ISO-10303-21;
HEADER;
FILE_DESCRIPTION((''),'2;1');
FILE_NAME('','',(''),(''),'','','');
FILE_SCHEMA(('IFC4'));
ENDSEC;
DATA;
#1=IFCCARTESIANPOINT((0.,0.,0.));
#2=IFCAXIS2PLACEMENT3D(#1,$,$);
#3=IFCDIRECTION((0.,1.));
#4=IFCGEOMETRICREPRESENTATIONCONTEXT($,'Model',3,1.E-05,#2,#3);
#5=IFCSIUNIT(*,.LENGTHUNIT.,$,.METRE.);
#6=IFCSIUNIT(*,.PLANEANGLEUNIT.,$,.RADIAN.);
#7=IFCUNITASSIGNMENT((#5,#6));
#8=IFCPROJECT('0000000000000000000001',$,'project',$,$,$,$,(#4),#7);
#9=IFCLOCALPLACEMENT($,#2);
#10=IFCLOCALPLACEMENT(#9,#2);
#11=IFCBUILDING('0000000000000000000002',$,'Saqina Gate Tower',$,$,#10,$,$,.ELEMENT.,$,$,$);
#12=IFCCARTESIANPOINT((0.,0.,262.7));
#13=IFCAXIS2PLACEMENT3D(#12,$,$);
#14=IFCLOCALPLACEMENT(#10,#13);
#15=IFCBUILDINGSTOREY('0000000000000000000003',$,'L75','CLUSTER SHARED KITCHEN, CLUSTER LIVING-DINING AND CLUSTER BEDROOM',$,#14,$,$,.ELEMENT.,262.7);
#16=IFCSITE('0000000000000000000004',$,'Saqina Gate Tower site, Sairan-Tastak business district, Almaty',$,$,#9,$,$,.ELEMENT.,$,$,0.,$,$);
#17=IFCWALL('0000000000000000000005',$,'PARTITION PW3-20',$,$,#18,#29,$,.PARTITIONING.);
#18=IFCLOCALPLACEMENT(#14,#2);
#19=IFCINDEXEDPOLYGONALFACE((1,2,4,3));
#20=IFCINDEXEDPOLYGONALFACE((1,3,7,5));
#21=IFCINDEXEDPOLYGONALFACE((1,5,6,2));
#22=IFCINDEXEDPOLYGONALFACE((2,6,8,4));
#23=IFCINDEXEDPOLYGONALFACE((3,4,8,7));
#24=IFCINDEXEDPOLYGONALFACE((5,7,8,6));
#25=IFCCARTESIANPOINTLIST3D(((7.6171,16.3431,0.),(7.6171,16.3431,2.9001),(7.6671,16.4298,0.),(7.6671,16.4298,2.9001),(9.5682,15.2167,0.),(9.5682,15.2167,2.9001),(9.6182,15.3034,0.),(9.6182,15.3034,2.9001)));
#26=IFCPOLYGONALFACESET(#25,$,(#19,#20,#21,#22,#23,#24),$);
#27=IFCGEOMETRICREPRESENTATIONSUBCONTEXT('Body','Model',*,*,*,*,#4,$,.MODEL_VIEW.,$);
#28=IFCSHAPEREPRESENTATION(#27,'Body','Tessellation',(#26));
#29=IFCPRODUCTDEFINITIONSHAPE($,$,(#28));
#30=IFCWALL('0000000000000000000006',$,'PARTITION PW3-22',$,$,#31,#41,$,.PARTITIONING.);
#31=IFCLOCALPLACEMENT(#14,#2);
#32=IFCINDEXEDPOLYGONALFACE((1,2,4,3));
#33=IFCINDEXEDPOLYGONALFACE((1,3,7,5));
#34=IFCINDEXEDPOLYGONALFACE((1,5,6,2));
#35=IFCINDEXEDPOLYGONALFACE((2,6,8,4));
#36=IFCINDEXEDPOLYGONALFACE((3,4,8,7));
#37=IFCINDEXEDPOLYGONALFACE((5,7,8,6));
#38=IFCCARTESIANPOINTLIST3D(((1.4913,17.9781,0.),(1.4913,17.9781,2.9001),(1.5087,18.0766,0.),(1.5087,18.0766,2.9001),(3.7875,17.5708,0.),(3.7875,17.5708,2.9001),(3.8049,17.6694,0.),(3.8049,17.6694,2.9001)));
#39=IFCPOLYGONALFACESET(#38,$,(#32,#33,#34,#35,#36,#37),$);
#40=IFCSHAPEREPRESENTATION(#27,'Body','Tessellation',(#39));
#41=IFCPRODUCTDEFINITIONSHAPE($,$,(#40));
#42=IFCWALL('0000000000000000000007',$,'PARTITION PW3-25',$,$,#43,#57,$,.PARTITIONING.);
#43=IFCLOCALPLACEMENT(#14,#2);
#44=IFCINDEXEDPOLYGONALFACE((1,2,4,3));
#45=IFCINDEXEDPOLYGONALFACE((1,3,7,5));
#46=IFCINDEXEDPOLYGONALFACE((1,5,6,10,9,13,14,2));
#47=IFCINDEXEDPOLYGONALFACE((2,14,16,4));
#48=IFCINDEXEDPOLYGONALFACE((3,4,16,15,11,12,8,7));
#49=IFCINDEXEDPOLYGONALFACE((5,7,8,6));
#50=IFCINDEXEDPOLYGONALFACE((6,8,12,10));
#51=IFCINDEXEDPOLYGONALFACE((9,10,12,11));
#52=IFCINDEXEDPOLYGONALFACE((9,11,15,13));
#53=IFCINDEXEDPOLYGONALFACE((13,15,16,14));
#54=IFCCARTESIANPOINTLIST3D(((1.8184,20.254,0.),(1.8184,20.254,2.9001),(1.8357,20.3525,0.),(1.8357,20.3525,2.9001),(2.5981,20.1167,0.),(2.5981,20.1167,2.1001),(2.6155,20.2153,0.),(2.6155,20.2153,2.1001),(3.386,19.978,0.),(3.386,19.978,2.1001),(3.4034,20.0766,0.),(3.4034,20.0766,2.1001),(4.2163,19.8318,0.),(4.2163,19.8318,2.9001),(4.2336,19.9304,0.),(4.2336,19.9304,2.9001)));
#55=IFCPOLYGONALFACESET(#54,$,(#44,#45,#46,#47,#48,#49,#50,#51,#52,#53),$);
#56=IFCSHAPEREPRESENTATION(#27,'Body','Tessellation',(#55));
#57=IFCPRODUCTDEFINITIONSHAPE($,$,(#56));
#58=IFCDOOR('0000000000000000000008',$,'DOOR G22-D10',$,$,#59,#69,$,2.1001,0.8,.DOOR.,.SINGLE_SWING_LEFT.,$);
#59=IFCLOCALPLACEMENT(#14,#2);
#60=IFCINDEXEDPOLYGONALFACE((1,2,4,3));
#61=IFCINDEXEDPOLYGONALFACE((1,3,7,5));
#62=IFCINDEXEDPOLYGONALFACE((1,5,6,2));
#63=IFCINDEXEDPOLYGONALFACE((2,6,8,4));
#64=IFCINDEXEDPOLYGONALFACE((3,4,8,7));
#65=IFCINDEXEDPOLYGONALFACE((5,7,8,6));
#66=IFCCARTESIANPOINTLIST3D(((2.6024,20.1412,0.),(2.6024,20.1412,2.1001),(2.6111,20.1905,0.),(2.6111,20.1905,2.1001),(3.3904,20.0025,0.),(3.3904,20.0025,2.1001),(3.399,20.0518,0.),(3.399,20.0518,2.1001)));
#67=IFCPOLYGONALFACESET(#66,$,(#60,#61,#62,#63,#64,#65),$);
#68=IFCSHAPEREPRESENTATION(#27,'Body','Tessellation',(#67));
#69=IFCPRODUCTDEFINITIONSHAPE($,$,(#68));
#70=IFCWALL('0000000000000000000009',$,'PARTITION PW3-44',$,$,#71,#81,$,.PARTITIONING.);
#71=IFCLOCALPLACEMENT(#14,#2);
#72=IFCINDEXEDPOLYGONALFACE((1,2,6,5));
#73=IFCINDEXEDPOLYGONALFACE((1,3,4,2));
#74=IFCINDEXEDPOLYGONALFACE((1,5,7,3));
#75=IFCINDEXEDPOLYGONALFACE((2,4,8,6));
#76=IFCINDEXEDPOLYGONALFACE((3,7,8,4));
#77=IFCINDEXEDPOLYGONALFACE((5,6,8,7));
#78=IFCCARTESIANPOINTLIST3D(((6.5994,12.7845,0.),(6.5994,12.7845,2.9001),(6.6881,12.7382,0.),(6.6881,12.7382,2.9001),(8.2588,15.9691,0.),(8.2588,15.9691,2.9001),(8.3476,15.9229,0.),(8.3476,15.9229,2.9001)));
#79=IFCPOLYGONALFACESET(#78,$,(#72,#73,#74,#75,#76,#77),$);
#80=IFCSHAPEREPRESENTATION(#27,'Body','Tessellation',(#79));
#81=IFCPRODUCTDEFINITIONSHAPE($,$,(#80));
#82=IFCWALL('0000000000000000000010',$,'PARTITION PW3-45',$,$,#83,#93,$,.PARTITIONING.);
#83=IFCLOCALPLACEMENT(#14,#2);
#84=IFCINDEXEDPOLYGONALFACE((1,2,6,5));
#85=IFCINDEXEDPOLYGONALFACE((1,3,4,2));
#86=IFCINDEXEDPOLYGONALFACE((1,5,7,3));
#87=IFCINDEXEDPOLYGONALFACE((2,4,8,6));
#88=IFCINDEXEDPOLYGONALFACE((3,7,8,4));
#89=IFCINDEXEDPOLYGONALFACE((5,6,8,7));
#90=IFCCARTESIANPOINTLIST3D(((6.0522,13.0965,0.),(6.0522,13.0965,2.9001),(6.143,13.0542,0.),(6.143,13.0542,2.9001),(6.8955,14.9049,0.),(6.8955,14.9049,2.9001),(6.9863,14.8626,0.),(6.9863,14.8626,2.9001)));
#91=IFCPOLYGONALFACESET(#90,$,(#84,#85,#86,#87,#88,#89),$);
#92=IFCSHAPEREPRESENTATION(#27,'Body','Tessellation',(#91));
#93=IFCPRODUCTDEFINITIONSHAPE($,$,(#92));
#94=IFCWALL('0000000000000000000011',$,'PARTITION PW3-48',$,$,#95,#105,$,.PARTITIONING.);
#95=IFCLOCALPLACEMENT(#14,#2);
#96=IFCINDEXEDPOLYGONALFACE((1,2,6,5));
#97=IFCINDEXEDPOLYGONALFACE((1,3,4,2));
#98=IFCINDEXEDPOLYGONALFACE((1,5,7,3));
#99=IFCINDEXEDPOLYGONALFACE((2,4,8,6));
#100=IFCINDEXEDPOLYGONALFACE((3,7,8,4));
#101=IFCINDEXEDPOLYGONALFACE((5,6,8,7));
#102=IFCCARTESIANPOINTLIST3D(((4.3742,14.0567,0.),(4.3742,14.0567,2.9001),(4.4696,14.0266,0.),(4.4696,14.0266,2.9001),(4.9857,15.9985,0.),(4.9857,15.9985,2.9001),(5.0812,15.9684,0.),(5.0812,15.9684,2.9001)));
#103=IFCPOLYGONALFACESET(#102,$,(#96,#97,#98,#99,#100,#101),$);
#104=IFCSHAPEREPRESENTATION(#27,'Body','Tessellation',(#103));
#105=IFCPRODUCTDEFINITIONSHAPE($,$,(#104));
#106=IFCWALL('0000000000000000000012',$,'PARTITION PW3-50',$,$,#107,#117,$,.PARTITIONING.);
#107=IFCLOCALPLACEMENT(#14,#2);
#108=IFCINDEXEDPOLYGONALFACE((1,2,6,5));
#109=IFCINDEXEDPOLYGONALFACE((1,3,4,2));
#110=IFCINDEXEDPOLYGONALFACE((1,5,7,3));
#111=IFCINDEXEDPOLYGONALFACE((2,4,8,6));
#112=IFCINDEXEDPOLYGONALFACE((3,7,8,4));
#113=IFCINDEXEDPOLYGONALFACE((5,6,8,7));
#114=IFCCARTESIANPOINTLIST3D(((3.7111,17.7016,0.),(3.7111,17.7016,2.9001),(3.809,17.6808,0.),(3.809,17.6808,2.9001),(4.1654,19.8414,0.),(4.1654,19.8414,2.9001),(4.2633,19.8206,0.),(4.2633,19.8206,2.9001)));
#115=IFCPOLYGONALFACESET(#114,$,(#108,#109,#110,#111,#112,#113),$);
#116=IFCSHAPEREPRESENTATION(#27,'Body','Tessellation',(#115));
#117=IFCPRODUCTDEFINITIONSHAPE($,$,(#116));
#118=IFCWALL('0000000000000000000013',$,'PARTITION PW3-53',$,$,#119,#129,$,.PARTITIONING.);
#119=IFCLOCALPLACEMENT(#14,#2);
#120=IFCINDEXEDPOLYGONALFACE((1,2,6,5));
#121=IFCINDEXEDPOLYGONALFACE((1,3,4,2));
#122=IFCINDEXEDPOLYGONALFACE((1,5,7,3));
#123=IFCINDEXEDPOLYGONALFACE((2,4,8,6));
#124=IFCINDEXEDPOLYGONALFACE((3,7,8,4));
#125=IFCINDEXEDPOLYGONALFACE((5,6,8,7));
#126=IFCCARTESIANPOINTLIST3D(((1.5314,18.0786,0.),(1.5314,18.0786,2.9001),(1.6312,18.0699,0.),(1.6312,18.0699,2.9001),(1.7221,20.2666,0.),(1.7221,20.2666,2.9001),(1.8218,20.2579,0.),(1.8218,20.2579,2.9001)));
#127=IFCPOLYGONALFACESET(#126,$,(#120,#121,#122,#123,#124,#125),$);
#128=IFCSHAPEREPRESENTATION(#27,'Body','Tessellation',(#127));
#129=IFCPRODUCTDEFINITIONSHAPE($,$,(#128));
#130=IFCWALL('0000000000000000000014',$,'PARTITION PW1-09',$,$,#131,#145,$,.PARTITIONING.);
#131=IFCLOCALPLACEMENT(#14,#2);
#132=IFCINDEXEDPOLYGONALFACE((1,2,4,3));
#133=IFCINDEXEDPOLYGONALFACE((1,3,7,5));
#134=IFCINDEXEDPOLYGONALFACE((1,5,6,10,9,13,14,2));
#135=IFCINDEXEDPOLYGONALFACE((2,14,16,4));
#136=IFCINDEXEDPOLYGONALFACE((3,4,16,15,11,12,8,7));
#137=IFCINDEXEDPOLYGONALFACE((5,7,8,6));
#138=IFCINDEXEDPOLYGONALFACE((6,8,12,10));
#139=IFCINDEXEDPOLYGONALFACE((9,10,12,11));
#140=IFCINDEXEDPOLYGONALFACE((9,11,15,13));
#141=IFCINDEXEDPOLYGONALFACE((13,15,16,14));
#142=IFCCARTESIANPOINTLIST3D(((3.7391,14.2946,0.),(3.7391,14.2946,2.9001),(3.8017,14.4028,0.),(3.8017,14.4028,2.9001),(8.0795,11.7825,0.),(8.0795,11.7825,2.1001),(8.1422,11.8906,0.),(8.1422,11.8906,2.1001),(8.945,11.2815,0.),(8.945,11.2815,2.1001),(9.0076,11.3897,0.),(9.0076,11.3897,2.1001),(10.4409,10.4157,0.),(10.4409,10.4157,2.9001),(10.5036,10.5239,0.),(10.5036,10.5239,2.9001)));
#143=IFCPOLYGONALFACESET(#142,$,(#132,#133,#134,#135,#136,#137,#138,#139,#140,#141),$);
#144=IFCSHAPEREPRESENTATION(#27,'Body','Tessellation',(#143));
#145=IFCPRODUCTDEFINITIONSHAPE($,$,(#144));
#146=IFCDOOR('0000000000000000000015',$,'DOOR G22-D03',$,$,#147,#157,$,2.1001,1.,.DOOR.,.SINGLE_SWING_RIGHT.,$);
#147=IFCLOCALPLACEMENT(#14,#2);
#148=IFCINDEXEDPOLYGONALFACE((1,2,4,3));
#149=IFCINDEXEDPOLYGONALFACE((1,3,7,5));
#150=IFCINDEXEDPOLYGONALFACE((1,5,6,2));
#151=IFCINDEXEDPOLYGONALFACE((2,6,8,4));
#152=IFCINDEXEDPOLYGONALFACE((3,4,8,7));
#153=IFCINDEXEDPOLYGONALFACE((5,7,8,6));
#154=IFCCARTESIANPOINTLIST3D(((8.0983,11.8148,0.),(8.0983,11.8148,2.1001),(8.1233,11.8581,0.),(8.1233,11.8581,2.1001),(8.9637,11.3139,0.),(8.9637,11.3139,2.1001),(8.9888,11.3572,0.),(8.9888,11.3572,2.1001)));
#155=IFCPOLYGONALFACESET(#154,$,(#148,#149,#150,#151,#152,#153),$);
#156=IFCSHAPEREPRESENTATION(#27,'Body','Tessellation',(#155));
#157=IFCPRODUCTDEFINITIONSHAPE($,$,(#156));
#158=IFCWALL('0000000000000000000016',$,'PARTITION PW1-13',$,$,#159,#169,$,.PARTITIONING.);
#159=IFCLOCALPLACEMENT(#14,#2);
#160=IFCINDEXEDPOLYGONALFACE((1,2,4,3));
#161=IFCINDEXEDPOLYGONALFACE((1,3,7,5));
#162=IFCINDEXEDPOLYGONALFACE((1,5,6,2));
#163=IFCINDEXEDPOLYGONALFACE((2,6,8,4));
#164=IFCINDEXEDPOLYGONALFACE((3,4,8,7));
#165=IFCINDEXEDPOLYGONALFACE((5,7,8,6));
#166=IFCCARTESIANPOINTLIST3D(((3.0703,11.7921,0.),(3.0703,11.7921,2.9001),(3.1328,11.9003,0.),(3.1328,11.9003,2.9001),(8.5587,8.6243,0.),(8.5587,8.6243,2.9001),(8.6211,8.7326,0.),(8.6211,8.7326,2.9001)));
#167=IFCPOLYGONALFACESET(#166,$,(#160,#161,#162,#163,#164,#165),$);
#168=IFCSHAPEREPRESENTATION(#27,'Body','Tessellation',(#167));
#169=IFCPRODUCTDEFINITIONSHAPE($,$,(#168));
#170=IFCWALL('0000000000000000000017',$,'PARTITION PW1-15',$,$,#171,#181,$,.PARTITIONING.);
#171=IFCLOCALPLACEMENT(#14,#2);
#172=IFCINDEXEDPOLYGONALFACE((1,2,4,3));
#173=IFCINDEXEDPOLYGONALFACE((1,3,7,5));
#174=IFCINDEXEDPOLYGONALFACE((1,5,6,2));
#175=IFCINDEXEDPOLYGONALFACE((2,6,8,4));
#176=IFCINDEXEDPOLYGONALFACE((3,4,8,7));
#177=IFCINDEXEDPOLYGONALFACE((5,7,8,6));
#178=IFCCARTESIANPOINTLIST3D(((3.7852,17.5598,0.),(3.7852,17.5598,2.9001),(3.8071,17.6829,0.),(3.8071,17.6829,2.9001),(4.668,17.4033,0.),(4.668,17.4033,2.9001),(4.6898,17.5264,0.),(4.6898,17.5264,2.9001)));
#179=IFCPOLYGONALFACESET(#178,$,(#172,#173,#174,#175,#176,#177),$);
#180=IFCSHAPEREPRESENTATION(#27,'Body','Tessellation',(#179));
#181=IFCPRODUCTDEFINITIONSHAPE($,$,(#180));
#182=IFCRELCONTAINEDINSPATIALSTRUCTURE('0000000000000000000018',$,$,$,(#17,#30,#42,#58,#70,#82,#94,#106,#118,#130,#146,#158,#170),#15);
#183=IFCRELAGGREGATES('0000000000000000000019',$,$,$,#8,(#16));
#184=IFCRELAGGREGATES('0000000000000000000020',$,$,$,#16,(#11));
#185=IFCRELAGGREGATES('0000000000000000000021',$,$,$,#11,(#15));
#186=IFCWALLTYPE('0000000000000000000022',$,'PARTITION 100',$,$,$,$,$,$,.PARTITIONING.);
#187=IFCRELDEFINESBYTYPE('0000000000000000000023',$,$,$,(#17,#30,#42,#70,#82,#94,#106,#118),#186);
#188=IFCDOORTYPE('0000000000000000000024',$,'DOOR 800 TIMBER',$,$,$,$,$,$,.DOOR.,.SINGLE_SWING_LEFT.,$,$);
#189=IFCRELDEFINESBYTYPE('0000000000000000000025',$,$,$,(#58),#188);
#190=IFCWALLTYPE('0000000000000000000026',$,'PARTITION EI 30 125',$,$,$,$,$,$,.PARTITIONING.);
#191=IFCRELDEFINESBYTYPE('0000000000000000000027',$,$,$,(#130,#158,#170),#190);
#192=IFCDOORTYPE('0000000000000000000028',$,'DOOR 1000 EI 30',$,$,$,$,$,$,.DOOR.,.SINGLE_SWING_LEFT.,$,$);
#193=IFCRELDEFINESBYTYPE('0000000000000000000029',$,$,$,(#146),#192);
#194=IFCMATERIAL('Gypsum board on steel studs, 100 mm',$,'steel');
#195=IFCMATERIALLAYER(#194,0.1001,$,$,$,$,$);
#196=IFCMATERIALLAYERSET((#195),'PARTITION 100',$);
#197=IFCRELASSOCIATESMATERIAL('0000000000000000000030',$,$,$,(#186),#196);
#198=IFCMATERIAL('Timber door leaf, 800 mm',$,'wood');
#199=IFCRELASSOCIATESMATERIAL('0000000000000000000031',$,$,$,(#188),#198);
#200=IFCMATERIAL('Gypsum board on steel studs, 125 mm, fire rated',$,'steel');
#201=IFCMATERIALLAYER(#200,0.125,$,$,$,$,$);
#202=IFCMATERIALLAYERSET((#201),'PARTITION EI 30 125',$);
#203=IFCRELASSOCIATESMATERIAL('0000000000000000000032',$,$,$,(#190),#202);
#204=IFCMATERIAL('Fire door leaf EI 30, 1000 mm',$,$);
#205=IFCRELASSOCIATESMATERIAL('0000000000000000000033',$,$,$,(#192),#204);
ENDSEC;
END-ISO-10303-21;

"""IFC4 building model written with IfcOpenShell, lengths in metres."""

from ifc_helpers import new_model, si_unit, direction, frame, frame_2d, origin, place, context, subcontext, project, spatial, rectangle, extrude, material, layer, layer_set, type_object, element, fill, save


model = new_model("IFC4")

# Units and contexts
model_context = context("Model", 3, precision=1e-05, world=origin(), true_north=direction((0.0, 1.0)))
body_context = subcontext(model_context, "Body", "Model", "MODEL_VIEW")
ifc_project = project(units=[si_unit("LENGTHUNIT", "METRE"), si_unit("PLANEANGLEUNIT", "RADIAN")], contexts=[model_context])

# Site, building, storey
site_placement = place(None, origin())
site = spatial("IfcSite", under=ifc_project, at=site_placement, Name="Saqina Gate Tower site, Sairan-Tastak business district, Almaty", CompositionType="ELEMENT", RefElevation=0.0)
building_placement = place(site_placement, origin())
building = spatial("IfcBuilding", under=site, at=building_placement, Name="Saqina Gate Tower", CompositionType="ELEMENT")
storey_placement = place(building_placement, frame((0.0, 0.0, 262.7)))
storey = spatial("IfcBuildingStorey", under=building, at=storey_placement, Name="L75", Description="CLUSTER SHARED KITCHEN, CLUSTER LIVING-DINING AND CLUSTER BEDROOM", CompositionType="ELEMENT", Elevation=262.7)

# Shared definitions
ifc_material_1 = material(Name="Gypsum board on steel studs, 100 mm", Category="steel")
ifc_layer_1 = layer(ifc_material_1, 0.1001)
ifc_layer_set_1 = layer_set([ifc_layer_1], Name="PARTITION 100")
wall_type_1 = type_object("IfcWallType", Name="PARTITION 100", PredefinedType="PARTITIONING", material=ifc_layer_set_1)
ifc_material_2 = material(Name="Timber door leaf, 800 mm", Category="wood")
door_type_1 = type_object("IfcDoorType", Name="DOOR 800 TIMBER", OperationType="SINGLE_SWING_LEFT", PredefinedType="DOOR", material=ifc_material_2)

# Walls
wall_1_placement = place(storey_placement, frame((7.6421, 16.3865, 0.0), z_axis=(0.0, 0.0, 1.0), x_axis=(0.866034, -0.499985, 0.0)))
element("IfcWall", 1, at=wall_1_placement, inside=storey, type_object=wall_type_1, Name="PARTITION PW3-20", PredefinedType="PARTITIONING", context=body_context, shape_type="SweptSolid", body=[
    extrude(rectangle(XDim=2.2529, YDim=0.1001, at=frame_2d((1.1265, 0.0))), origin(), (0.0, 0.0, 1.0), 2.9001),
])
wall_2_placement = place(storey_placement, frame((1.5, 18.0273, 0.0), z_axis=(0.0, 0.0, 1.0), x_axis=(0.984635, -0.174627, 0.0)))
element("IfcWall", 2, at=wall_2_placement, inside=storey, type_object=wall_type_1, Name="PARTITION PW3-22", PredefinedType="PARTITIONING", context=body_context, shape_type="SweptSolid", body=[
    extrude(rectangle(XDim=2.332, YDim=0.1001, at=frame_2d((1.166, 0.0))), origin(), (0.0, 0.0, 1.0), 2.9001),
])

# Wall, opening, door
wall_3_placement = place(storey_placement, frame((1.8271, 20.3032, 0.0), z_axis=(0.0, 0.0, 1.0), x_axis=(0.984857, -0.173368, 0.0)))
wall_3 = element("IfcWall", 3, at=wall_3_placement, inside=storey, type_object=wall_type_1, Name="PARTITION PW3-25", PredefinedType="PARTITIONING", context=body_context, shape_type="SweptSolid", body=[
    extrude(rectangle(XDim=2.4348, YDim=0.1001, at=frame_2d((1.2173, 0.0))), origin(), (0.0, 0.0, 1.0), 2.9001),
])
opening_1_placement = place(wall_3_placement, frame((0.7917, 0.0, 0.0)))
opening_1 = element("IfcOpeningElement", 4, at=opening_1_placement, cuts=wall_3, PredefinedType="OPENING", context=body_context, shape_type="SweptSolid", body=[
    extrude(rectangle(XDim=0.8, YDim=2.1001, at=frame_2d((0.3999, 1.05))), frame((0.0, 0.062, 0.0), z_axis=(0.0, -1.0, 0.0), x_axis=(1.0, 0.0, 0.0)), (0.0, 0.0, 1.0), 0.124),
])
door_1_placement = place(opening_1_placement, origin())
door_1 = element("IfcDoor", 5, at=door_1_placement, inside=storey, type_object=door_type_1, Name="DOOR G22-D10", OperationType="SINGLE_SWING_LEFT", OverallHeight=2.1001, OverallWidth=0.8, PredefinedType="DOOR", context=body_context, shape_type="SweptSolid", body=[
    extrude(rectangle(XDim=0.8, YDim=2.1001, at=frame_2d((0.3999, 1.05))), frame((0.0, 0.0249, 0.0), z_axis=(0.0, -1.0, 0.0), x_axis=(1.0, 0.0, 0.0)), (0.0, 0.0, 1.0), 0.05),
])
fill(opening_1, door_1)

# Walls
wall_4_placement = place(storey_placement, frame((6.6438, 12.7615, 0.0), z_axis=(0.0, 0.0, 1.0), x_axis=(0.462108, 0.886824, 0.0)))
element("IfcWall", 6, at=wall_4_placement, inside=storey, type_object=wall_type_1, Name="PARTITION PW3-44", PredefinedType="PARTITIONING", context=body_context, shape_type="SweptSolid", body=[
    extrude(rectangle(XDim=3.5911, YDim=0.1001, at=frame_2d((1.7954, 0.0))), origin(), (0.0, 0.0, 1.0), 2.9001),
])
wall_5_placement = place(storey_placement, frame((6.0977, 13.0754, 0.0), z_axis=(0.0, 0.0, 1.0), x_axis=(0.422624, 0.906305, 0.0)))
element("IfcWall", 7, at=wall_5_placement, inside=storey, type_object=wall_type_1, Name="PARTITION PW3-45", PredefinedType="PARTITIONING", context=body_context, shape_type="SweptSolid", body=[
    extrude(rectangle(XDim=1.9954, YDim=0.1001, at=frame_2d((0.9976, 0.0))), origin(), (0.0, 0.0, 1.0), 2.9001),
])
wall_6_placement = place(storey_placement, frame((4.4219, 14.0415, 0.0), z_axis=(0.0, 0.0, 1.0), x_axis=(0.300391, 0.953816, 0.0)))
element("IfcWall", 8, at=wall_6_placement, inside=storey, type_object=wall_type_1, Name="PARTITION PW3-48", PredefinedType="PARTITIONING", context=body_context, shape_type="SweptSolid", body=[
    extrude(rectangle(XDim=2.0359, YDim=0.1001, at=frame_2d((1.0181, 0.0))), origin(), (0.0, 0.0, 1.0), 2.9001),
])
wall_7_placement = place(storey_placement, frame((3.76, 17.6912, 0.0), z_axis=(0.0, 0.0, 1.0), x_axis=(0.207692, 0.978194, 0.0)))
element("IfcWall", 9, at=wall_7_placement, inside=storey, type_object=wall_type_1, Name="PARTITION PW3-50", PredefinedType="PARTITIONING", context=body_context, shape_type="SweptSolid", body=[
    extrude(rectangle(XDim=2.1875, YDim=0.1001, at=frame_2d((1.0938, 0.0))), origin(), (0.0, 0.0, 1.0), 2.9001),
])
wall_8_placement = place(storey_placement, frame((1.5813, 18.0742, 0.0), z_axis=(0.0, 0.0, 1.0), x_axis=(0.086817, 0.996224, 0.0)))
element("IfcWall", 10, at=wall_8_placement, inside=storey, type_object=wall_type_1, Name="PARTITION PW3-53", PredefinedType="PARTITIONING", context=body_context, shape_type="SweptSolid", body=[
    extrude(rectangle(XDim=2.1963, YDim=0.1001, at=frame_2d((1.0981, 0.0))), origin(), (0.0, 0.0, 1.0), 2.9001),
])

# Wall, opening, door
ifc_material_3 = material(Name="Gypsum board on steel studs, 125 mm, fire rated", Category="steel")
ifc_layer_2 = layer(ifc_material_3, 0.125)
ifc_layer_set_2 = layer_set([ifc_layer_2], Name="PARTITION EI 30 125")
wall_type_2 = type_object("IfcWallType", Name="PARTITION EI 30 125", PredefinedType="PARTITIONING", material=ifc_layer_set_2)
wall_9_placement = place(storey_placement, frame((3.7705, 14.3486, 0.0), z_axis=(0.0, 0.0, 1.0), x_axis=(0.86549, -0.500926, 0.0)))
wall_9 = element("IfcWall", 11, at=wall_9_placement, inside=storey, type_object=wall_type_2, Name="PARTITION PW1-09", PredefinedType="PARTITIONING", context=body_context, shape_type="SweptSolid", body=[
    extrude(rectangle(XDim=7.7434, YDim=0.125, at=frame_2d((3.8716, 0.0))), origin(), (0.0, 0.0, 1.0), 2.9001),
])
opening_2_placement = place(wall_9_placement, frame((5.0149, 0.0, 0.0)))
opening_2 = element("IfcOpeningElement", 12, at=opening_2_placement, cuts=wall_9, PredefinedType="OPENING", context=body_context, shape_type="SweptSolid", body=[
    extrude(rectangle(XDim=1.0, YDim=2.1001, at=frame_2d((0.5, 1.05))), frame((0.0, 0.0745, 0.0), z_axis=(0.0, -1.0, 0.0), x_axis=(1.0, 0.0, 0.0)), (0.0, 0.0, 1.0), 0.1489),
])
ifc_material_4 = material(Name="Fire door leaf EI 30, 1000 mm")
door_type_2 = type_object("IfcDoorType", Name="DOOR 1000 EI 30", OperationType="SINGLE_SWING_LEFT", PredefinedType="DOOR", material=ifc_material_4)
door_2_placement = place(opening_2_placement, origin())
door_2 = element("IfcDoor", 13, at=door_2_placement, inside=storey, type_object=door_type_2, Name="DOOR G22-D03", OperationType="SINGLE_SWING_RIGHT", OverallHeight=2.1001, OverallWidth=1.0, PredefinedType="DOOR", context=body_context, shape_type="SweptSolid", body=[
    extrude(rectangle(XDim=1.0, YDim=2.1001, at=frame_2d((0.5, 1.05))), frame((0.0, 0.0249, 0.0), z_axis=(0.0, -1.0, 0.0), x_axis=(1.0, 0.0, 0.0)), (0.0, 0.0, 1.0), 0.05),
])
fill(opening_2, door_2)

# Walls
wall_10_placement = place(storey_placement, frame((3.1016, 11.8462, 0.0), z_axis=(0.0, 0.0, 1.0), x_axis=(0.866089, -0.499889, 0.0)))
element("IfcWall", 14, at=wall_10_placement, inside=storey, type_object=wall_type_2, Name="PARTITION PW1-13", PredefinedType="PARTITIONING", context=body_context, shape_type="SweptSolid", body=[
    extrude(rectangle(XDim=6.3369, YDim=0.125, at=frame_2d((3.1685, 0.0))), origin(), (0.0, 0.0, 1.0), 2.9001),
])
wall_11_placement = place(storey_placement, frame((3.7961, 17.6213, 0.0), z_axis=(0.0, 0.0, 1.0), x_axis=(0.984649, -0.174546, 0.0)))
element("IfcWall", 15, at=wall_11_placement, inside=storey, type_object=wall_type_2, Name="PARTITION PW1-15", PredefinedType="PARTITIONING", context=body_context, shape_type="SweptSolid", body=[
    extrude(rectangle(XDim=0.8965, YDim=0.125, at=frame_2d((0.4482, 0.0))), origin(), (0.0, 0.0, 1.0), 2.9001),
])

save(model, "model.ifc")
